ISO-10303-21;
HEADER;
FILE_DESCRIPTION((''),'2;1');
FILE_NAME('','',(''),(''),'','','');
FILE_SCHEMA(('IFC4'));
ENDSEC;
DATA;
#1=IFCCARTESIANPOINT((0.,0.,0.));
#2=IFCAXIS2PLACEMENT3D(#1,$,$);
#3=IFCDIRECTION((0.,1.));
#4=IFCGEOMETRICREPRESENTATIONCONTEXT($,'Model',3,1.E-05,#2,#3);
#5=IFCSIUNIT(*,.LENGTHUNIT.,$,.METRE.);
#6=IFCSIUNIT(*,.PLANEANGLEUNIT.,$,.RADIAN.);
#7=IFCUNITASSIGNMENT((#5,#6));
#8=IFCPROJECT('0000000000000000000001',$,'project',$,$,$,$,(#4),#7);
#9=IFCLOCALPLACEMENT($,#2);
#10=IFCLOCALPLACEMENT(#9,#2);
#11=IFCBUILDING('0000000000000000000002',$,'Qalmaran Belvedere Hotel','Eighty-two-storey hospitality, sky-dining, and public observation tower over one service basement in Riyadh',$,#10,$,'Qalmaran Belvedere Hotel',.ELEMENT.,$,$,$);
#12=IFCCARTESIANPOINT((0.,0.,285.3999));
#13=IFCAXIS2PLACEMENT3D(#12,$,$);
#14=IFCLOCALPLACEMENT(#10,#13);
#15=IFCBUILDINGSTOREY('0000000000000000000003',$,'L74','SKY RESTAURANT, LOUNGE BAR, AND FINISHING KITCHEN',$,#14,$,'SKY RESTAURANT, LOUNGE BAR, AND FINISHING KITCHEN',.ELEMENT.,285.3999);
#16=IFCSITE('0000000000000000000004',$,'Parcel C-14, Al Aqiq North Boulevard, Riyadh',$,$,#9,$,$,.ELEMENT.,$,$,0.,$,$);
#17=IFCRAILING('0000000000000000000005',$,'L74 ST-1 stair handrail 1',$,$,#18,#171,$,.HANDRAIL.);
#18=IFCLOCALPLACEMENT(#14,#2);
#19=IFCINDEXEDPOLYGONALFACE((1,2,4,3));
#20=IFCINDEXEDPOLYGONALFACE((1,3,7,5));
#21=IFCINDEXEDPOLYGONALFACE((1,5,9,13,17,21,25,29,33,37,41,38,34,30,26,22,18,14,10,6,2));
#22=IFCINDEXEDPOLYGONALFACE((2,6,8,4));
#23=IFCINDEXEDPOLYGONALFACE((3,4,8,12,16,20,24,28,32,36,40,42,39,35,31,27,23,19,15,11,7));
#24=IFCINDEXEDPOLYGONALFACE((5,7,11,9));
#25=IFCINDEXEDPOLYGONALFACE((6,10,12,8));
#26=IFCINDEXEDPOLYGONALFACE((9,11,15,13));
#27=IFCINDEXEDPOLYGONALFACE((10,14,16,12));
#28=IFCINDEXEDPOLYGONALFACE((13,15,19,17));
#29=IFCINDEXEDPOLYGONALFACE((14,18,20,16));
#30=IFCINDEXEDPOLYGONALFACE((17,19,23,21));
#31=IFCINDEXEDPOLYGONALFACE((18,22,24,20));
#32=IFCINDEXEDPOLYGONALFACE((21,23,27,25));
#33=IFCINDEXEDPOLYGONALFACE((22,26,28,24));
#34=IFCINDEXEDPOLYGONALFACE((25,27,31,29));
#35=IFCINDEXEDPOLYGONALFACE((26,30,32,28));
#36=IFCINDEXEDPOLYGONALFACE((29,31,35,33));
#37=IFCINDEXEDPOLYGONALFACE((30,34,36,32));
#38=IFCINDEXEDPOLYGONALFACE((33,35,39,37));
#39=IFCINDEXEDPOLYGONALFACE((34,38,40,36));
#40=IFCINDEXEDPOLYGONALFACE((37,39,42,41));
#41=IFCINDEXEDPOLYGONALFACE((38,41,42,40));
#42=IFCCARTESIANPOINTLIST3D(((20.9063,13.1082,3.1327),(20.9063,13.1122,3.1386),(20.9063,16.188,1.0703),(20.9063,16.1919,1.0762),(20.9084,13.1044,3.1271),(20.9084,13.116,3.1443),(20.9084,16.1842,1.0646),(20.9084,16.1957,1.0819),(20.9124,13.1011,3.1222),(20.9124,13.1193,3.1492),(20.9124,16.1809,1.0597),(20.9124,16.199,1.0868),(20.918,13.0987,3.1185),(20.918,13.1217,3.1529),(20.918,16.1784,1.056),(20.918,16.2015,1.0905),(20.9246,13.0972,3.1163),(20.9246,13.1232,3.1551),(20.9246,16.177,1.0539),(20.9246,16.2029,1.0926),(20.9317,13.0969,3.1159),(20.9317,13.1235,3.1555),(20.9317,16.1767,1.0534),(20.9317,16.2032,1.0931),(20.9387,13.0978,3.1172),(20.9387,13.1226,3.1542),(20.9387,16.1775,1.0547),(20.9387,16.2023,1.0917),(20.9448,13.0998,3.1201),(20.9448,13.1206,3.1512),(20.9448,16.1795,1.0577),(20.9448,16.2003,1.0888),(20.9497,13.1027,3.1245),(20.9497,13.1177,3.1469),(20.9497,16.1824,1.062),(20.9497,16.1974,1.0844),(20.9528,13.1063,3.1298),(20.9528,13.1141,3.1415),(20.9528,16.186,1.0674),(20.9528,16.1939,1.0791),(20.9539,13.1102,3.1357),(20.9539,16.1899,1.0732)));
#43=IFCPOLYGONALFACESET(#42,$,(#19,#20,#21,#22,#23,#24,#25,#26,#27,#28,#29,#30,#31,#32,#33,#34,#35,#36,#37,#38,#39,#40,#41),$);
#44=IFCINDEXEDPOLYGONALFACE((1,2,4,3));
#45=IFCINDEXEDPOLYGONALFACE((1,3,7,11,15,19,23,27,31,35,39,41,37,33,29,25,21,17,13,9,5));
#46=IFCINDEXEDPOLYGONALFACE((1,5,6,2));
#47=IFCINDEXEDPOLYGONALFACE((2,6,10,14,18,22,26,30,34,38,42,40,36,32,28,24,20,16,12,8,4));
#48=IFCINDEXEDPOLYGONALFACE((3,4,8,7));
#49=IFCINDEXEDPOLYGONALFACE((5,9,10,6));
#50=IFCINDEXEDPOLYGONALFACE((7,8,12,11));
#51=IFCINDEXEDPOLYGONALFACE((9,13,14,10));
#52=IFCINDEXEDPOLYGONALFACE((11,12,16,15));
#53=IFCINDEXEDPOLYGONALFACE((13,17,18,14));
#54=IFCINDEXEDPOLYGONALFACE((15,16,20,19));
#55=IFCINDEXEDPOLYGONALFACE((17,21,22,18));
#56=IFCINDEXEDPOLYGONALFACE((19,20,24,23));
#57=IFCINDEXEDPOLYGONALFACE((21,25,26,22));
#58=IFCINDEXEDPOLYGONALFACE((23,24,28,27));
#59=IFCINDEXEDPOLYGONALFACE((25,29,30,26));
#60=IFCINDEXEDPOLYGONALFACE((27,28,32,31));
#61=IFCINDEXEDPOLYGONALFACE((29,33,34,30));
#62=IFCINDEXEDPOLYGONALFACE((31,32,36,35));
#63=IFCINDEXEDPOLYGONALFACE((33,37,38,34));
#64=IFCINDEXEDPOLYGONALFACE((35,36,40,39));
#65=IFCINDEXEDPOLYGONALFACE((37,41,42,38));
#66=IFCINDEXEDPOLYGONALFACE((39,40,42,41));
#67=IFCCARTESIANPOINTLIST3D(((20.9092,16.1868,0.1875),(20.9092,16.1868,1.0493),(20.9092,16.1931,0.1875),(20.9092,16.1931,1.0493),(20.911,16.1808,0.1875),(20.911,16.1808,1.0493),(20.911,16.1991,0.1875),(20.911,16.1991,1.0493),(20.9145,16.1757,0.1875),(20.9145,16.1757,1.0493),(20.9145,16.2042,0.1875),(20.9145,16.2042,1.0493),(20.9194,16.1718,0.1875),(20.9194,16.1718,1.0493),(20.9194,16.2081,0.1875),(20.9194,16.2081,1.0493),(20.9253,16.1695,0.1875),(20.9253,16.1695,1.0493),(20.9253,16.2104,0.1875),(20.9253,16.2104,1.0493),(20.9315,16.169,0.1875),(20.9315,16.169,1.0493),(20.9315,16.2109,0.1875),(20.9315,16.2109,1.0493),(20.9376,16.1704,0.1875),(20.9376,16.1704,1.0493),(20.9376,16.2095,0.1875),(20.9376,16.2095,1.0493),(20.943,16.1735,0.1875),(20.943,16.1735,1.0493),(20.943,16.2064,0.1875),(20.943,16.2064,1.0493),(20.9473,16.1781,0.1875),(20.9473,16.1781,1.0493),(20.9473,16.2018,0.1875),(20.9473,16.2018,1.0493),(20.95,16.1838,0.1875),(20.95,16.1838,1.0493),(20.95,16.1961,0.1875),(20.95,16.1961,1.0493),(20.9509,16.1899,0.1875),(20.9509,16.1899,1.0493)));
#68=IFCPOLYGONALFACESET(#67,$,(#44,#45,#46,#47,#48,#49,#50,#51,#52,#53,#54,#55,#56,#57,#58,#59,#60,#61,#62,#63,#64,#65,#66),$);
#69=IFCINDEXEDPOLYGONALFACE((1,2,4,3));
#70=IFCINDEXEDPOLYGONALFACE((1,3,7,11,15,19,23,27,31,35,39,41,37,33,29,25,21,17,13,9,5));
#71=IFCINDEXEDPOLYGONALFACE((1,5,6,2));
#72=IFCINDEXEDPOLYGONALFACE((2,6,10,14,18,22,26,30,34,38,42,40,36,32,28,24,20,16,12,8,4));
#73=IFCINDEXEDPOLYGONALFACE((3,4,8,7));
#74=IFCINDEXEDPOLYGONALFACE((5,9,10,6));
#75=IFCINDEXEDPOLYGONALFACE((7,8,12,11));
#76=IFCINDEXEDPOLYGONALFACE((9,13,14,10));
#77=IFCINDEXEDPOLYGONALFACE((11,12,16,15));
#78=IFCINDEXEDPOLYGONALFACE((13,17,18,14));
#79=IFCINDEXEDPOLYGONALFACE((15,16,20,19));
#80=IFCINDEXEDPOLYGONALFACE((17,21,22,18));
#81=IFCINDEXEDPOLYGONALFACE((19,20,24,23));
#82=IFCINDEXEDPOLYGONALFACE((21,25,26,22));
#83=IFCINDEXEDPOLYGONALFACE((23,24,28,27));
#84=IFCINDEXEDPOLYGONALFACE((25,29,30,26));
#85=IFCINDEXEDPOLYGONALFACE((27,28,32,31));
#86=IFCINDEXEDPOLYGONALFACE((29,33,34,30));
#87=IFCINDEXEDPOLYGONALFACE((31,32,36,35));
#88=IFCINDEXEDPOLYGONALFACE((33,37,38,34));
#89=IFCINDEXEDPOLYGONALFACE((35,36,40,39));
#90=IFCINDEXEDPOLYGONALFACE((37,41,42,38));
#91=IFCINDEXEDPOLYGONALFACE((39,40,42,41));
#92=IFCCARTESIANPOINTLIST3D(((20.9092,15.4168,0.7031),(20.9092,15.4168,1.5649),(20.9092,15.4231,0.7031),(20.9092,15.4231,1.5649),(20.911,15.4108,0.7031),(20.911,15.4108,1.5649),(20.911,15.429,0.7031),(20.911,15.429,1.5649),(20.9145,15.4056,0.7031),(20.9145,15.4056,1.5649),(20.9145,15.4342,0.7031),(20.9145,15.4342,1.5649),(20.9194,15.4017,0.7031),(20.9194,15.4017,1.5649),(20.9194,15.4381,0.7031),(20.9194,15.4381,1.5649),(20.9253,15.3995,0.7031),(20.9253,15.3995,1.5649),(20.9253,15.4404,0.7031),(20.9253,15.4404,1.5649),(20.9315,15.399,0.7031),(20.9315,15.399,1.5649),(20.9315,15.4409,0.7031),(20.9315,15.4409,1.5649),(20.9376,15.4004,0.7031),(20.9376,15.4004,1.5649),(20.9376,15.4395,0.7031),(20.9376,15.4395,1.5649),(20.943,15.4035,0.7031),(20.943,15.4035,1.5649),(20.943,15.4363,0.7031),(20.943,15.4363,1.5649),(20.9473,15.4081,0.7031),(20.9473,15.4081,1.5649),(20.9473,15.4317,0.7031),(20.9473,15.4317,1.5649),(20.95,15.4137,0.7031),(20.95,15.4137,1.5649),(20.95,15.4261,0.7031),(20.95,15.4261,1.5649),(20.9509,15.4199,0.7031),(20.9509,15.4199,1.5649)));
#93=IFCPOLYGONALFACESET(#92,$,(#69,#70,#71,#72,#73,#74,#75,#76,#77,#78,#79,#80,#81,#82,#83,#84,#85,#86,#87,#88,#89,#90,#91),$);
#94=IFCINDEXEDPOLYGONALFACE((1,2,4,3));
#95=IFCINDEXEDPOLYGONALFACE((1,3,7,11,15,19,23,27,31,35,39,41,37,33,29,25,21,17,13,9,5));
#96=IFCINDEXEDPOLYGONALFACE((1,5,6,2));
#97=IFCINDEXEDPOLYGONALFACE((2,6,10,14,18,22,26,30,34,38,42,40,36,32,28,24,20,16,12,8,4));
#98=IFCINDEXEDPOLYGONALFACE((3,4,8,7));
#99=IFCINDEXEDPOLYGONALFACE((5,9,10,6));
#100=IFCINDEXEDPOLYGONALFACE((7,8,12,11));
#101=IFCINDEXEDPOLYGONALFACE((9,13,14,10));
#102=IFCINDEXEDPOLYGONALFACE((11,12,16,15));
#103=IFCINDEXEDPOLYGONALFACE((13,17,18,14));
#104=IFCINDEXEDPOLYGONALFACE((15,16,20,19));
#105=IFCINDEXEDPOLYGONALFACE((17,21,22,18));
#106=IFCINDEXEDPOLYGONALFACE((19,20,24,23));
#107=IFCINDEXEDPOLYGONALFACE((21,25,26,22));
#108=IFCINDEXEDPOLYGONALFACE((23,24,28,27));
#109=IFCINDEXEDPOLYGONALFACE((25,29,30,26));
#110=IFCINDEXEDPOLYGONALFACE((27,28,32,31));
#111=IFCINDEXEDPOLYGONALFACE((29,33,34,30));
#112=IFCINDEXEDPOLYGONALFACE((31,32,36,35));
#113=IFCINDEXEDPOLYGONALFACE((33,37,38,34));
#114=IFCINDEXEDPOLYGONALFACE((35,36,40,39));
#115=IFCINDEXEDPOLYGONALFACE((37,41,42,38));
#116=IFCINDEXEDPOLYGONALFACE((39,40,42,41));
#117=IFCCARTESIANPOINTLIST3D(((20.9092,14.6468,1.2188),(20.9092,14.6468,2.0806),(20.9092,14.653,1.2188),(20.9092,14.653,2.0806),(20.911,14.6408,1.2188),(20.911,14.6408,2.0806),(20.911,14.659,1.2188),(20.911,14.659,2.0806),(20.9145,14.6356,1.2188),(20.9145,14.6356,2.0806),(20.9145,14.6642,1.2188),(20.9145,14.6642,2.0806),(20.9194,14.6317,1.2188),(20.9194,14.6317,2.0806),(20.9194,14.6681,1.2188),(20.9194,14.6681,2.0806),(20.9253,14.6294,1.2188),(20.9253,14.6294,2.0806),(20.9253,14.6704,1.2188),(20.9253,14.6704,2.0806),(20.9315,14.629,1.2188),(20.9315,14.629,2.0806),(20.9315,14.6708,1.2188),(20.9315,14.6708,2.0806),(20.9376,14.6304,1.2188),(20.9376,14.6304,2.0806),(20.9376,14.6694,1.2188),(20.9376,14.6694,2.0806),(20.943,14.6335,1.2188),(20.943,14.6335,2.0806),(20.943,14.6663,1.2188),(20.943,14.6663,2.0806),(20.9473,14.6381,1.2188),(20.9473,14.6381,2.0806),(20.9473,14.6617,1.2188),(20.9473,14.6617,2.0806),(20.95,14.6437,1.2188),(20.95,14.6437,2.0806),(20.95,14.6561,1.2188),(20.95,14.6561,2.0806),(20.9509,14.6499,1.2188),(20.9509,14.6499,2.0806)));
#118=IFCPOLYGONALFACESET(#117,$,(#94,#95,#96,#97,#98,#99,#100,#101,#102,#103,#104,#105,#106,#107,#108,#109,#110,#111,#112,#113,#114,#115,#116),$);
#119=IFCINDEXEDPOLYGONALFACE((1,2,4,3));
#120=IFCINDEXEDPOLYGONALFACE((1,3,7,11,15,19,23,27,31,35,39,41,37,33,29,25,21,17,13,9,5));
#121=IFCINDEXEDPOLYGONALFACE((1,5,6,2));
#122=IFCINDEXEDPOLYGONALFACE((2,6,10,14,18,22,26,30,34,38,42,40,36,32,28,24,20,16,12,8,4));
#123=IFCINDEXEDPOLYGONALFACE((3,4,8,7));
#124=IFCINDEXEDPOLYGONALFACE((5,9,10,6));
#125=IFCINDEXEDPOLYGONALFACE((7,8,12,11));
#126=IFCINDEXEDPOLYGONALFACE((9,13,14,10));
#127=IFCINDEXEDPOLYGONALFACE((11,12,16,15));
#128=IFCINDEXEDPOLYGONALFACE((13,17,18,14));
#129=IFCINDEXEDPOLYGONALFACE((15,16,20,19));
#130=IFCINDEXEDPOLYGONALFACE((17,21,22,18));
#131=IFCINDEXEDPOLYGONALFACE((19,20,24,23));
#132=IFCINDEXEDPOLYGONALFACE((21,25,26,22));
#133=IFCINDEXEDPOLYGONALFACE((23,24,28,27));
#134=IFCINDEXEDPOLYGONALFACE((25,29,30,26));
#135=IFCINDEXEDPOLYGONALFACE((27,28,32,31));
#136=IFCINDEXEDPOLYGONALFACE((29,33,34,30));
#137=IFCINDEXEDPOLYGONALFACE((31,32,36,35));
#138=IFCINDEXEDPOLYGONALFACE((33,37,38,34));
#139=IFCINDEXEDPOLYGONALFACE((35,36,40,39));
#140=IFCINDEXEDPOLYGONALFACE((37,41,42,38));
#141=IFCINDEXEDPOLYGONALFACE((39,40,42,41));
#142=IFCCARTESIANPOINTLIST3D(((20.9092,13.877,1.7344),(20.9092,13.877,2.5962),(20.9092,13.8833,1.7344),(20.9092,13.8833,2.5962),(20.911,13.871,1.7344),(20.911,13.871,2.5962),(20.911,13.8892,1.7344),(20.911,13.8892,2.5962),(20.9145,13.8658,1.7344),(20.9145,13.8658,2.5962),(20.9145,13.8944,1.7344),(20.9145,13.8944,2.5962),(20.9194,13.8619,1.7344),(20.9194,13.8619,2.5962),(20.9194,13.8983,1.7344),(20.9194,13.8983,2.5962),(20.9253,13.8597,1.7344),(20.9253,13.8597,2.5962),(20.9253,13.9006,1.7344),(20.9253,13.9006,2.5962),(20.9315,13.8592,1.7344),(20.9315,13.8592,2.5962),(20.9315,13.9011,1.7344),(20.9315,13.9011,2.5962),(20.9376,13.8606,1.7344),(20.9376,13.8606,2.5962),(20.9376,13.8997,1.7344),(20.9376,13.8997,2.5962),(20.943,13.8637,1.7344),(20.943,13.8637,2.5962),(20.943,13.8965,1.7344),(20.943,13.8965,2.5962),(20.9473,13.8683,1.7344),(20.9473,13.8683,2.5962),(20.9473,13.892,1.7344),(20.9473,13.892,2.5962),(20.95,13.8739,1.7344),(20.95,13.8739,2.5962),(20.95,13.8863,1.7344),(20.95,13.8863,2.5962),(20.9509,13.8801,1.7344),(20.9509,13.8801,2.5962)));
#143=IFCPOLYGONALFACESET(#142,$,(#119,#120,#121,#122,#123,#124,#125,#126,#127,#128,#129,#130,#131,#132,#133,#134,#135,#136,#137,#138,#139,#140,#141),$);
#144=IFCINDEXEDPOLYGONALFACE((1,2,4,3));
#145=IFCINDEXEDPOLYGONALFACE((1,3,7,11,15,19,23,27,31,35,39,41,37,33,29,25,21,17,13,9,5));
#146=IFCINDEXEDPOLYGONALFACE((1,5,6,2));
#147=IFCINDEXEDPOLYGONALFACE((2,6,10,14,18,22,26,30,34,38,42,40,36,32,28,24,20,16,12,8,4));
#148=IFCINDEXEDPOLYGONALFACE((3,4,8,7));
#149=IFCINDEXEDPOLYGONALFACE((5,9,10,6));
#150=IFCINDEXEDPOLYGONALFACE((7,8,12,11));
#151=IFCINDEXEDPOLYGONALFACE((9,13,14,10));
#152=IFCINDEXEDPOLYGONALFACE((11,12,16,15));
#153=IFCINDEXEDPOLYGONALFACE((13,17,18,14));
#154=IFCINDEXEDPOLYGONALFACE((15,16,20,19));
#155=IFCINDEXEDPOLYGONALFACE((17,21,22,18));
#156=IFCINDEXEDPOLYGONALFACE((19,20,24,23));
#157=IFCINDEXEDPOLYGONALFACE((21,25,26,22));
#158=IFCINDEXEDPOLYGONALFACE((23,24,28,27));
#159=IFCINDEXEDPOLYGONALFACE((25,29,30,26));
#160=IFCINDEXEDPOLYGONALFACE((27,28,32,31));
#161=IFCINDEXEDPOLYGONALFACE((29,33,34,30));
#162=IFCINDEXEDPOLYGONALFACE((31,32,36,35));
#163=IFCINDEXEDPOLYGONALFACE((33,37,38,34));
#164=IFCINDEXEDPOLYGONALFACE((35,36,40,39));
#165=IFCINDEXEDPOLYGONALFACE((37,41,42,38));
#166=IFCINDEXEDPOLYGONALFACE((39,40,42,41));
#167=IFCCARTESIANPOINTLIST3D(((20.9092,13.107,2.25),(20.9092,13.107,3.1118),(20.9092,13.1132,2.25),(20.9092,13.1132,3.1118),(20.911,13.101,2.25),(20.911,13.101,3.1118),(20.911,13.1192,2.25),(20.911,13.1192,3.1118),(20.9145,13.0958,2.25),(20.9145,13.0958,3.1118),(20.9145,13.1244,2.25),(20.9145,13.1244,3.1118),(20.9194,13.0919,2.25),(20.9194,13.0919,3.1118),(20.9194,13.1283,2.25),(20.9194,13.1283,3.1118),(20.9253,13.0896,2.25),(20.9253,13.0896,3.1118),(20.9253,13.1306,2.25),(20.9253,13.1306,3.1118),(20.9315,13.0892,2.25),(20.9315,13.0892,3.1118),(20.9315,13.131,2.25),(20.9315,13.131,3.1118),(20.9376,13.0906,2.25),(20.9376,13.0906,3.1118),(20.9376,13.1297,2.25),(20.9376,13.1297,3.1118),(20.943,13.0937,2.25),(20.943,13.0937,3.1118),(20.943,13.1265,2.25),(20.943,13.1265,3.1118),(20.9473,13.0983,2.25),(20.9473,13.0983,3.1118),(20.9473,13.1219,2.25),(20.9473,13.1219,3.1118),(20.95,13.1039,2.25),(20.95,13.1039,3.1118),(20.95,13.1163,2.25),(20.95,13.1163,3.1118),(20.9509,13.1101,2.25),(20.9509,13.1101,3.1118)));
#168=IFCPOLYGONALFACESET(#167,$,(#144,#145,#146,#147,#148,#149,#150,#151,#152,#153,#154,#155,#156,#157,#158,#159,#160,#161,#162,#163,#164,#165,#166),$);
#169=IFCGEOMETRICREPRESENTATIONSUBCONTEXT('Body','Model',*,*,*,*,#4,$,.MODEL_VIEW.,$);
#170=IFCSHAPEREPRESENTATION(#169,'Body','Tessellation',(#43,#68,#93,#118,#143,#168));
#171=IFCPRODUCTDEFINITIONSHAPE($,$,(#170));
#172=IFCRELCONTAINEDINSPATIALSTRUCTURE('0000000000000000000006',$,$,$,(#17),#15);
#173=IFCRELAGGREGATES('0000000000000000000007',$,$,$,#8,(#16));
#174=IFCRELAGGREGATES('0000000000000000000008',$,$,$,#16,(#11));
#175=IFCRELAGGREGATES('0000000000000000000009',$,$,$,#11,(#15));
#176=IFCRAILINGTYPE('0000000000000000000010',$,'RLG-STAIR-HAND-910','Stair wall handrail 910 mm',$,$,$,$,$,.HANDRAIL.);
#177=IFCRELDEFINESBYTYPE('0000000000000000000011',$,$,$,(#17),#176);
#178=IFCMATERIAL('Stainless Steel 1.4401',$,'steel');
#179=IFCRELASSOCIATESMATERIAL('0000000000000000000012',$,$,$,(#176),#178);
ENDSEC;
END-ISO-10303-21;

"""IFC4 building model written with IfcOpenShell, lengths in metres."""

from ifc_helpers import new_model, si_unit, direction, frame, origin, origin_2d, place, context, subcontext, project, spatial, circle, extrude, material, type_object, element, save


model = new_model("IFC4")

# Units and contexts
model_context = context("Model", 3, precision=1e-05, world=origin(), true_north=direction((0.0, 1.0)))
body_context = subcontext(model_context, "Body", "Model", "MODEL_VIEW")
ifc_project = project(units=[si_unit("LENGTHUNIT", "METRE"), si_unit("PLANEANGLEUNIT", "RADIAN")], contexts=[model_context])

# Site, building, storey
site_placement = place(None, origin())
site = spatial("IfcSite", under=ifc_project, at=site_placement, Name="Parcel C-14, Al Aqiq North Boulevard, Riyadh", CompositionType="ELEMENT", RefElevation=0.0)
building_placement = place(site_placement, origin())
building = spatial("IfcBuilding", under=site, at=building_placement, Name="Qalmaran Belvedere Hotel", Description="Eighty-two-storey hospitality, sky-dining, and public observation tower over one service basement in Riyadh", LongName="Qalmaran Belvedere Hotel", CompositionType="ELEMENT")
storey_placement = place(building_placement, frame((0.0, 0.0, 285.3999)))
storey = spatial("IfcBuildingStorey", under=building, at=storey_placement, Name="L74", Description="SKY RESTAURANT, LOUNGE BAR, AND FINISHING KITCHEN", LongName="SKY RESTAURANT, LOUNGE BAR, AND FINISHING KITCHEN", CompositionType="ELEMENT", Elevation=285.3999)

# Railing
ifc_material_1 = material(Name="Stainless Steel 1.4401", Category="steel")
railing_type_1 = type_object("IfcRailingType", Name="RLG-STAIR-HAND-910", Description="Stair wall handrail 910 mm", PredefinedType="HANDRAIL", material=ifc_material_1)
railing_1_placement = place(storey_placement, frame((20.9299, 16.1899, 0.1875)))
element("IfcRailing", 1, at=railing_1_placement, inside=storey, type_object=railing_type_1, Name="L74 ST-1 stair handrail 1", PredefinedType="HANDRAIL", context=body_context, shape_type="SweptSolid", body=[
    extrude(circle(Radius=0.0239, at=origin_2d()), frame((0.0, 0.0, 0.8857), z_axis=(0.0, -0.830893, 0.556432), x_axis=(1.0, 0.0, 0.0)), (0.0, 0.0, 1.0), 3.7065),
    extrude(circle(Radius=0.021, at=origin_2d()), origin(), (0.0, 0.0, 1.0), 0.8618),
    extrude(circle(Radius=0.021, at=origin_2d()), frame((0.0, -0.77, 0.5156)), (0.0, 0.0, 1.0), 0.8618),
    extrude(circle(Radius=0.021, at=origin_2d()), frame((0.0, -1.54, 1.0312)), (0.0, 0.0, 1.0), 0.8618),
    extrude(circle(Radius=0.021, at=origin_2d()), frame((0.0, -2.3098, 1.5469)), (0.0, 0.0, 1.0), 0.8618),
    extrude(circle(Radius=0.021, at=origin_2d()), frame((0.0, -3.0798, 2.0625)), (0.0, 0.0, 1.0), 0.8618),
])

save(model, "model.ifc")
